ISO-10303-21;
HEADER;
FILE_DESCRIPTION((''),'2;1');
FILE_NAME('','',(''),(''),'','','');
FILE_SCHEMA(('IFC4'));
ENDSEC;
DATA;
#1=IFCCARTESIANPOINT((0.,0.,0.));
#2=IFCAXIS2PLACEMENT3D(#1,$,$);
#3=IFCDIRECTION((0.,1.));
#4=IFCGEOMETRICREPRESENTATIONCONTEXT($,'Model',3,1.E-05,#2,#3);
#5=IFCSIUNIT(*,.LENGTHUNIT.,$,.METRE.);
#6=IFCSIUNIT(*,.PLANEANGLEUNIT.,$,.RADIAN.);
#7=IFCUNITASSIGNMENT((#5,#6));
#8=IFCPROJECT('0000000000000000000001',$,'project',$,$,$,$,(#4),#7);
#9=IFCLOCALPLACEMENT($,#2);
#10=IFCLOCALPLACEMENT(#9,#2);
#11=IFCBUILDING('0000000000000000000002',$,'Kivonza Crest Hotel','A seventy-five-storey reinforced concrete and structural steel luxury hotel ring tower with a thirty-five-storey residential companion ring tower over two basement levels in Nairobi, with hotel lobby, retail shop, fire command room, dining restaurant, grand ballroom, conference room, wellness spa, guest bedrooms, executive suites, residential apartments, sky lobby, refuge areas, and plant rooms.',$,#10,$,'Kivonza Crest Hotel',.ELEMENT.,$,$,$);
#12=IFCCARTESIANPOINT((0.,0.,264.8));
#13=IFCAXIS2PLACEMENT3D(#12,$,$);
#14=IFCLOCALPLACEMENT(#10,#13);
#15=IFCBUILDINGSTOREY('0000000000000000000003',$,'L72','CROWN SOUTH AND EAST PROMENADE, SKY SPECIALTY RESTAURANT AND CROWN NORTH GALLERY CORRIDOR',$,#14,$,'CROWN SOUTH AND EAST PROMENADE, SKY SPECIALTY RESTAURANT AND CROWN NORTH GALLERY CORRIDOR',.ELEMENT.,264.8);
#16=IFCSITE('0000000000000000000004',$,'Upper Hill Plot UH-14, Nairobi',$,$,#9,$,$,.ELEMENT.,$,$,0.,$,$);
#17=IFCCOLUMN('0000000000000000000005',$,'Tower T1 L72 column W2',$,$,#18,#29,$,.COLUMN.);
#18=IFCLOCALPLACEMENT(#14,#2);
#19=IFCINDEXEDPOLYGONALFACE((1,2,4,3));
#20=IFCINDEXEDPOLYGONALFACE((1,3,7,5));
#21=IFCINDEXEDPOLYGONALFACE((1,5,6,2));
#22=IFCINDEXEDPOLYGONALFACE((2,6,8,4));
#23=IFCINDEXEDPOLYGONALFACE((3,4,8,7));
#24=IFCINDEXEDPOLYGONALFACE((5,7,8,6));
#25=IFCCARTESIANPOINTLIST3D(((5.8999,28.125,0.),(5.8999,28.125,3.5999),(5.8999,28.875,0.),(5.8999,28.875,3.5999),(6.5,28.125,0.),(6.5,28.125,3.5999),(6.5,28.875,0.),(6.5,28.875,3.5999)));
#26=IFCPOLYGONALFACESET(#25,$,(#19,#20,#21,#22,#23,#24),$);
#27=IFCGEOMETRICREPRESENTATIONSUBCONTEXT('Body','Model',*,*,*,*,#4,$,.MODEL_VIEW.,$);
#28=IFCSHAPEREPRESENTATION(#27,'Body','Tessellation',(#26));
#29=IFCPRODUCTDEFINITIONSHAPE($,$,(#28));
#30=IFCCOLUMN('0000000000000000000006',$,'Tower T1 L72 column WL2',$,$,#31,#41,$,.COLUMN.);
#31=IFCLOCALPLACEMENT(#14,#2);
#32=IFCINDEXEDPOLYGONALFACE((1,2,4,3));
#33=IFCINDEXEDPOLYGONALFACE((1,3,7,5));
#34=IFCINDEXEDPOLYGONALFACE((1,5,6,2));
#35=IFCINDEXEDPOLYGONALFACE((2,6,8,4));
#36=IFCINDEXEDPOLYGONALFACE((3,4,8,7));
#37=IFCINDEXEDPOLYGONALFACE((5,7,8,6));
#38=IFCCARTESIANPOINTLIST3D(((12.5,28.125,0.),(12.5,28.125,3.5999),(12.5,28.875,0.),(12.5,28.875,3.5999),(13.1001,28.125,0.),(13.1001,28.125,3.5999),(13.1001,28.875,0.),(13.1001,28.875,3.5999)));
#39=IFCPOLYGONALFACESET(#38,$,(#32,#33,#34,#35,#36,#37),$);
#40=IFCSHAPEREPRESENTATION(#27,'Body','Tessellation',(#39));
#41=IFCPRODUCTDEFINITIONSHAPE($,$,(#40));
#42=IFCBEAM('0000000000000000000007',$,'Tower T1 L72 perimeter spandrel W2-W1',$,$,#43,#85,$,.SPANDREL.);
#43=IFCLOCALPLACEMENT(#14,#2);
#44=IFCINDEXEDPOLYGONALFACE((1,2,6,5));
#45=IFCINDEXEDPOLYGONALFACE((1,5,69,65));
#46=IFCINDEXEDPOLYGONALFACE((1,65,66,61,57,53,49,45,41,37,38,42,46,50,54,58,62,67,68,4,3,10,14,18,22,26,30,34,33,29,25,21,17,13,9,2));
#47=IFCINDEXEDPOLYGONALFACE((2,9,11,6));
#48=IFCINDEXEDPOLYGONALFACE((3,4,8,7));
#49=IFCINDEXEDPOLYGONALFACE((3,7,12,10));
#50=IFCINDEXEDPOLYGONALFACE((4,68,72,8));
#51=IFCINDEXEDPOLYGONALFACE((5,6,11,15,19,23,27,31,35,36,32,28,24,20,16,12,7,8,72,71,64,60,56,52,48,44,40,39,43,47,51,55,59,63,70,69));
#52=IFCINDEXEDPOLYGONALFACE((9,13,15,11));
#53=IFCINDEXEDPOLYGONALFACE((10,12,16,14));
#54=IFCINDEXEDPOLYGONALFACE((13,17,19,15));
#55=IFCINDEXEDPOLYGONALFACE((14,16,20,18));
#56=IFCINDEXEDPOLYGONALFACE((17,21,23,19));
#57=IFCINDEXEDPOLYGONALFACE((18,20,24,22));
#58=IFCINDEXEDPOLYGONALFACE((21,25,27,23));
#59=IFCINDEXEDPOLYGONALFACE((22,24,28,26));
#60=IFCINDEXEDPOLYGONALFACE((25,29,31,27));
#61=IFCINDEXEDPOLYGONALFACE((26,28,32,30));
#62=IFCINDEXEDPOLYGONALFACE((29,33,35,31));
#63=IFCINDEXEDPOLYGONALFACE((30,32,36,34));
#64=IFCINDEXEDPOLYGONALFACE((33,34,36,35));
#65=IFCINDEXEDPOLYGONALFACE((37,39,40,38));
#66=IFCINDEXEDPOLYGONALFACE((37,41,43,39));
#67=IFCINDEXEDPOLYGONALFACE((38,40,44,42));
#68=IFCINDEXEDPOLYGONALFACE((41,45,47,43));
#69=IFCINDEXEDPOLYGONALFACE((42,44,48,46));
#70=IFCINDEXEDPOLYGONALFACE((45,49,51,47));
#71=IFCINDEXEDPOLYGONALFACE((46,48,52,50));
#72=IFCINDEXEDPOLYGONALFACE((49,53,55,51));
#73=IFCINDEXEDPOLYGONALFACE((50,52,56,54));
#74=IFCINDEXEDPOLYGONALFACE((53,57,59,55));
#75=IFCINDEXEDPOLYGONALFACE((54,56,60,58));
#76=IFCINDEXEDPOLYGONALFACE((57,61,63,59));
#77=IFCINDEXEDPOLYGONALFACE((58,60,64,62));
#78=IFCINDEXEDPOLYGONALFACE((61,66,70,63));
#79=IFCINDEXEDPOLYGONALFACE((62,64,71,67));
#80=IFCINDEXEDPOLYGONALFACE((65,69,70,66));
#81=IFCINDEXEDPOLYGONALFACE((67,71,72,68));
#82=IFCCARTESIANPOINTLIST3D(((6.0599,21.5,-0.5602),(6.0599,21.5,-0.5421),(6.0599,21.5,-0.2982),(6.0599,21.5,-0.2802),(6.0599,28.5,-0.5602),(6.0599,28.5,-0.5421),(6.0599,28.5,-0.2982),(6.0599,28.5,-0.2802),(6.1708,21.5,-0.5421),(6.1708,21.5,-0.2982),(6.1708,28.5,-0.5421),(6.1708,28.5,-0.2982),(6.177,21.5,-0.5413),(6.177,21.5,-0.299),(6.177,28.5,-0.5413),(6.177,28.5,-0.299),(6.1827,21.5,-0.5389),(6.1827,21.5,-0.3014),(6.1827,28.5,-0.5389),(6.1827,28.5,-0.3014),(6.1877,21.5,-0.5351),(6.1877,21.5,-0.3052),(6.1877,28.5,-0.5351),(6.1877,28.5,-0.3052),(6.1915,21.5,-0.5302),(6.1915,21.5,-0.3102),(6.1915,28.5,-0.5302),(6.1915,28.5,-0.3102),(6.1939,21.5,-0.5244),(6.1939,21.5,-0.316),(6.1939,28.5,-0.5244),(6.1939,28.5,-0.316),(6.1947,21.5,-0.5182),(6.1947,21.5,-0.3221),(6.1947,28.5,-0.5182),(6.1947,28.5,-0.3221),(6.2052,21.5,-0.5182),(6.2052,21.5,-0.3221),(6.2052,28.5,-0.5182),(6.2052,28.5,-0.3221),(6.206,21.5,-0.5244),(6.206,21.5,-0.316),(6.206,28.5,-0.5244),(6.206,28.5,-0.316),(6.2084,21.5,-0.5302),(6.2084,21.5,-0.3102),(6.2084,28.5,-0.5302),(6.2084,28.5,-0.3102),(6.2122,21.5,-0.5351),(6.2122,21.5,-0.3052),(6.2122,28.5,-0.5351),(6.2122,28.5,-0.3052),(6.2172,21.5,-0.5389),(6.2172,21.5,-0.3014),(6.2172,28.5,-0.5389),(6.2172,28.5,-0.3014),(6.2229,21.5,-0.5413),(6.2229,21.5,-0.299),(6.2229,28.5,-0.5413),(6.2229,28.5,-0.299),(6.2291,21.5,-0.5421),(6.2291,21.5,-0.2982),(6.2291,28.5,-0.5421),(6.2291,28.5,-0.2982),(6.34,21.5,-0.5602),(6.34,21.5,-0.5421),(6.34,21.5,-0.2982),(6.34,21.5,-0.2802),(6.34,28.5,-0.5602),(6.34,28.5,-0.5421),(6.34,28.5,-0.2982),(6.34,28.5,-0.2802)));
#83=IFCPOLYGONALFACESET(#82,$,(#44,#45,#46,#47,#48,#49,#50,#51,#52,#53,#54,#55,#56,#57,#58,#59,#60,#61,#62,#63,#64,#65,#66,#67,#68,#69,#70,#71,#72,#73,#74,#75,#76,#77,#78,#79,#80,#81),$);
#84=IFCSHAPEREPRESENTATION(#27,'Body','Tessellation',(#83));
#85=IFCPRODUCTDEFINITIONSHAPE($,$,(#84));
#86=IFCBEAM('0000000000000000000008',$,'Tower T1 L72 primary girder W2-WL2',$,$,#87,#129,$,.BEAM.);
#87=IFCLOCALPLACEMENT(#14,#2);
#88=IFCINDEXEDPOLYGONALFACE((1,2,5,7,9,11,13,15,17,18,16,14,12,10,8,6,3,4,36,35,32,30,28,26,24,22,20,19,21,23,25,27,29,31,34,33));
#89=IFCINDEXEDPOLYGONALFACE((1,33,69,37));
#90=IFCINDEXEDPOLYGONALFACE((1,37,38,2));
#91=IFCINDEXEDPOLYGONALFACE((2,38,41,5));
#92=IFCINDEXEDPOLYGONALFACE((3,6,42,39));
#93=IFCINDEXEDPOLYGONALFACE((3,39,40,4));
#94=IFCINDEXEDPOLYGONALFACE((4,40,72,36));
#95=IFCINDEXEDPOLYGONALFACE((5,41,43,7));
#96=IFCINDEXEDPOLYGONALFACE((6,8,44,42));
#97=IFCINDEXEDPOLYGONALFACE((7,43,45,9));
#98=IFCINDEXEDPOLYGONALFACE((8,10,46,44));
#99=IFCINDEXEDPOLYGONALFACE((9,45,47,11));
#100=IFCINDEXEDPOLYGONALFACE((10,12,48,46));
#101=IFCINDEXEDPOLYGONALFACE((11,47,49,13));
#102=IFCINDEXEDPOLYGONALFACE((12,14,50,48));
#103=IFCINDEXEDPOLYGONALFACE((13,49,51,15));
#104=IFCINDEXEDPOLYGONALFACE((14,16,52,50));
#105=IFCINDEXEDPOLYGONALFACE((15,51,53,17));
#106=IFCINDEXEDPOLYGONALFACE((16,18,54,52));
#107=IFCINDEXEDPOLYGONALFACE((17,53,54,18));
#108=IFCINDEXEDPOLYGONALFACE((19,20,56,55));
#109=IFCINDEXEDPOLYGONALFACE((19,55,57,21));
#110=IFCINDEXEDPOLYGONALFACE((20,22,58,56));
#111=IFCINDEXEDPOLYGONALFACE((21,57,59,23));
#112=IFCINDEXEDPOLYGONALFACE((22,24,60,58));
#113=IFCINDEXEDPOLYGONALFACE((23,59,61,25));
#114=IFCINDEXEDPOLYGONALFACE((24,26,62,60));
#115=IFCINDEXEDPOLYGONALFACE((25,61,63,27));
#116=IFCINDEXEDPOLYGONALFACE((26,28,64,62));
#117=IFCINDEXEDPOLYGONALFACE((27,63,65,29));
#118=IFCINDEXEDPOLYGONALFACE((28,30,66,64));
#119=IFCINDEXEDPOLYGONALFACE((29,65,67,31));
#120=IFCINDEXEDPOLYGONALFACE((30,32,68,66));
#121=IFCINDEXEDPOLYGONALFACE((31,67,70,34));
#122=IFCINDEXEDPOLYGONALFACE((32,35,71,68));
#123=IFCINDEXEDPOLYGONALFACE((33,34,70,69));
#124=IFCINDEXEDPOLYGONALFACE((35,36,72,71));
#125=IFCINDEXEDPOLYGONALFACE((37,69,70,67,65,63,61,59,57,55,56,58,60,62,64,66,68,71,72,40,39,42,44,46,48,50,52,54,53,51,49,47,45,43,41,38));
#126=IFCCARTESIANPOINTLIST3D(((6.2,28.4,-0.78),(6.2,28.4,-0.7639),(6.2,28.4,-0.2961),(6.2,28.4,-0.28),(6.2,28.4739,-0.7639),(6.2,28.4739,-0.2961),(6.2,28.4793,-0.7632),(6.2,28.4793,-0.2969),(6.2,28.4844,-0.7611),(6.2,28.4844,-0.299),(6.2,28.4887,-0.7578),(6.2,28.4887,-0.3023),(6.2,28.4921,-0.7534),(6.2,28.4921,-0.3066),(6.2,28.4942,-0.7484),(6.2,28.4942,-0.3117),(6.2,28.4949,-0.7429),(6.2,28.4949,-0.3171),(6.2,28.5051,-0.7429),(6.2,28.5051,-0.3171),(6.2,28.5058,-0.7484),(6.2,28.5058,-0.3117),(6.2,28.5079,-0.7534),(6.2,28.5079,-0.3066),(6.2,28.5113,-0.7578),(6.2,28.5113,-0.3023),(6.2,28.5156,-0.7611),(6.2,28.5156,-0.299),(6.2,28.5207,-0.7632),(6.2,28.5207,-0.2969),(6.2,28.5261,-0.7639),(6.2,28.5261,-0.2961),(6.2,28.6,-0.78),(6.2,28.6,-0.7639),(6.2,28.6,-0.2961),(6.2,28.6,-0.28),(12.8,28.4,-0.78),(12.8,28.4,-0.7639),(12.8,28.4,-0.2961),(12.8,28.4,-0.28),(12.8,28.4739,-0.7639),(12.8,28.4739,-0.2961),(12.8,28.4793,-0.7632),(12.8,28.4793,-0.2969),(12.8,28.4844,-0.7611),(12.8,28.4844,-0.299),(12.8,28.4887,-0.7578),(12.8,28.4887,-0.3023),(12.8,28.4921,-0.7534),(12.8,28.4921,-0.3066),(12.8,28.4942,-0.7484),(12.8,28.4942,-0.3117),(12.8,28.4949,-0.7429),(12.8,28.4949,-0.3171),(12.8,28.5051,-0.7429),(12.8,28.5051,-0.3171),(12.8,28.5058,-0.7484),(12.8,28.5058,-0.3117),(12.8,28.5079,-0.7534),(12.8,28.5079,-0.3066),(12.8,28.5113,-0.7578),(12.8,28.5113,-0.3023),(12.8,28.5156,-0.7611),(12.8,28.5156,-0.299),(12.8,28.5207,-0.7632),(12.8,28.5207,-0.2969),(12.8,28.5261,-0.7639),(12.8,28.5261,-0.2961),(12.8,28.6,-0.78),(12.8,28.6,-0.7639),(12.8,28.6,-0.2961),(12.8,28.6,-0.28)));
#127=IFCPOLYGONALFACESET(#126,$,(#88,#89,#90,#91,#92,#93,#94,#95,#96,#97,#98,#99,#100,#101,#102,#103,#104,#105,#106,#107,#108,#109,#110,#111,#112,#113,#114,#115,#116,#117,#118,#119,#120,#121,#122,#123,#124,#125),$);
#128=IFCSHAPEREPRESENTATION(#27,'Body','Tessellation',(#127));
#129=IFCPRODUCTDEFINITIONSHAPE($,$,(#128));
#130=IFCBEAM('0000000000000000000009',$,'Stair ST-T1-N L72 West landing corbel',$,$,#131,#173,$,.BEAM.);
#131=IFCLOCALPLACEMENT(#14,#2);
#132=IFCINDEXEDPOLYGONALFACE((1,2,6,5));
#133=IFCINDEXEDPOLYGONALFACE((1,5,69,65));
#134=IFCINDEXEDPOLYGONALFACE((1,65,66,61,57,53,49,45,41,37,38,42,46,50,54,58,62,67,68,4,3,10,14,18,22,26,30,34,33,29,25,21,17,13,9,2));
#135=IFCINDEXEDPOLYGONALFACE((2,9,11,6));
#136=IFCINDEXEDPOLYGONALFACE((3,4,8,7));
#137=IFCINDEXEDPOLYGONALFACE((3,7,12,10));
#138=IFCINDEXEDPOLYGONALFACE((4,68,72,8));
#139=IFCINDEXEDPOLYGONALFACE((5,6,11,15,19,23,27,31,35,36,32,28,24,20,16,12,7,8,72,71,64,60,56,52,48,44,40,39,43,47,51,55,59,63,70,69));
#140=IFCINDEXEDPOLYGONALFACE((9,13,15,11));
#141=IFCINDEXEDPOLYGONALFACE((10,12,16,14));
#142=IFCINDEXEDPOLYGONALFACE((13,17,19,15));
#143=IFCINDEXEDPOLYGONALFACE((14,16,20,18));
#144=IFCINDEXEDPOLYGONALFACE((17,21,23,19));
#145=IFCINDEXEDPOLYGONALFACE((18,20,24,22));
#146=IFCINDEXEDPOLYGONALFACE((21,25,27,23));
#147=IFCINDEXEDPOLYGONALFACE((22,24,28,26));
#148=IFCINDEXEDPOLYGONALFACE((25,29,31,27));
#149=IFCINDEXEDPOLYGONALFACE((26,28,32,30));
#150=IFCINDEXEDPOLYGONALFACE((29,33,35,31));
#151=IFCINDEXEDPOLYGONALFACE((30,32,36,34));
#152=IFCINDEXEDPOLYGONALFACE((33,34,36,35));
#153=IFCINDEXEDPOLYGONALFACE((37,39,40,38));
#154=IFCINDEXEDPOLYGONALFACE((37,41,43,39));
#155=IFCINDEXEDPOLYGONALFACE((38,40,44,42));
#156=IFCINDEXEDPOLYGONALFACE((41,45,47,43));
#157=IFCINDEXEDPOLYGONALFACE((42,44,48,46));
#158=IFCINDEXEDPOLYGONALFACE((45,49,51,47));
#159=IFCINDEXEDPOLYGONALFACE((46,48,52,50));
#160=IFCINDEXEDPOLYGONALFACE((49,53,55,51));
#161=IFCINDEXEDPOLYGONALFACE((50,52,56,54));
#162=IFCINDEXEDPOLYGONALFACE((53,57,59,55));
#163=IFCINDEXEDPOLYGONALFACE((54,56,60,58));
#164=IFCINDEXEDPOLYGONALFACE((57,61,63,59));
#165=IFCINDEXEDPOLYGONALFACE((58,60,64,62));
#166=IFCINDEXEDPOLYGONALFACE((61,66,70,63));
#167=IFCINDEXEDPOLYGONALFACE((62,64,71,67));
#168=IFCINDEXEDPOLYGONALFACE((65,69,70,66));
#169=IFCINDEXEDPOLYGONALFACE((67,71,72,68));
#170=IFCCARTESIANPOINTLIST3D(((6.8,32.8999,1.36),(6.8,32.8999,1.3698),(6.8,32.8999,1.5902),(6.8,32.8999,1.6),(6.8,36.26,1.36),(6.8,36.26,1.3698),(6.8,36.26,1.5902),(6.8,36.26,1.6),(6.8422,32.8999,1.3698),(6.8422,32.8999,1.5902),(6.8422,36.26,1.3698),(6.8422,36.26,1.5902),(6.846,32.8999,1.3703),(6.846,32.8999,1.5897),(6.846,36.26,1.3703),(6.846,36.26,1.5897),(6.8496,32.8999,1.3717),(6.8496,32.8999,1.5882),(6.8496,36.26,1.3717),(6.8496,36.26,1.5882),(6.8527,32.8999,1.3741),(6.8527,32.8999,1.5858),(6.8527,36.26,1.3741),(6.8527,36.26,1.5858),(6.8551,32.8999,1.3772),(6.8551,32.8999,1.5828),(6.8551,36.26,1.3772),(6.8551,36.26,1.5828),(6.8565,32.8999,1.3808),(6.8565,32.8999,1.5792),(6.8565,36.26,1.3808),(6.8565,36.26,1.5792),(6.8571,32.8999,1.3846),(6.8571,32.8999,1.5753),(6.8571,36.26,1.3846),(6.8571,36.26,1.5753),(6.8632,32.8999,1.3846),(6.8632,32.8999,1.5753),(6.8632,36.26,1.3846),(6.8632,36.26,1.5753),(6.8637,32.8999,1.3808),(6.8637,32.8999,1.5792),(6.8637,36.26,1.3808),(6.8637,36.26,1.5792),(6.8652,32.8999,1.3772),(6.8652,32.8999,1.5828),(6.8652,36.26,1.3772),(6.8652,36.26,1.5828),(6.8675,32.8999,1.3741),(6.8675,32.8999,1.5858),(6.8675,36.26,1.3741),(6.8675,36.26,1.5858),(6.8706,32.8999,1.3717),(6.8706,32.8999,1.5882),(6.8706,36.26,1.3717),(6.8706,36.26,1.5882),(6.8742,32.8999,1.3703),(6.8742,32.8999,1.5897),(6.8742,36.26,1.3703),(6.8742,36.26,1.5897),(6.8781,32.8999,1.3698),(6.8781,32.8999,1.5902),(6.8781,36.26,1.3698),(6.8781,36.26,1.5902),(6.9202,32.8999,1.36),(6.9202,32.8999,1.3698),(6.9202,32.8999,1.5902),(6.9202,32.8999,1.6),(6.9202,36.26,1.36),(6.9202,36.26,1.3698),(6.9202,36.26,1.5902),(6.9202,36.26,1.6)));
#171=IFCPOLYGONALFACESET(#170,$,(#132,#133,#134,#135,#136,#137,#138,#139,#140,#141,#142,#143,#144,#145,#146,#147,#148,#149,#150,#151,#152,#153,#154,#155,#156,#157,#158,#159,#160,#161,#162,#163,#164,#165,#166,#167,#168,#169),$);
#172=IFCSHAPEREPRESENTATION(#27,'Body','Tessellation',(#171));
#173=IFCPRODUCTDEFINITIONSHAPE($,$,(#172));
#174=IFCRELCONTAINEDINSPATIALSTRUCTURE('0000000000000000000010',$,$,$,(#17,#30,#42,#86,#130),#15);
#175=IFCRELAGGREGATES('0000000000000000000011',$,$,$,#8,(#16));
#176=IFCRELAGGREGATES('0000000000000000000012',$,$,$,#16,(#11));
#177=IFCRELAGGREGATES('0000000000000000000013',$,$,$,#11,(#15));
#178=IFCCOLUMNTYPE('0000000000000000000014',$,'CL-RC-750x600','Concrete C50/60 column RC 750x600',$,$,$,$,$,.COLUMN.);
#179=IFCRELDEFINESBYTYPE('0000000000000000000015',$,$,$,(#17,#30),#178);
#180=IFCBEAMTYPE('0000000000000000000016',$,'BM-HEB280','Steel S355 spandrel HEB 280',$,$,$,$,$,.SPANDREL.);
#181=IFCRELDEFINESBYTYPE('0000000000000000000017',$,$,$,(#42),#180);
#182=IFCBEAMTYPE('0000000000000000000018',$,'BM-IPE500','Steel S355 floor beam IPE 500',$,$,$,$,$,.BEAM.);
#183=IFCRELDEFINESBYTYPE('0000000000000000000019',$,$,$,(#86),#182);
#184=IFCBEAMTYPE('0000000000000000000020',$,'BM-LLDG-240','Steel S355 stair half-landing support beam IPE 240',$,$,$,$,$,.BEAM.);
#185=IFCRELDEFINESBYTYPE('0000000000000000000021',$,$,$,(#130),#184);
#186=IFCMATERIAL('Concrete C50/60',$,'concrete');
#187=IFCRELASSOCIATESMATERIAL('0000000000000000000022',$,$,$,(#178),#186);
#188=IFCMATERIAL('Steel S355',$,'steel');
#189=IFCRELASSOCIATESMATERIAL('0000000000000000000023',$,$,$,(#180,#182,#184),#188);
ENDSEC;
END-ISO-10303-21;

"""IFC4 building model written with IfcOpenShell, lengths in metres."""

from ifc_helpers import new_model, si_unit, direction, frame, origin, origin_2d, place, context, subcontext, project, spatial, rectangle, i_section, extrude, material, material_profile, profile_set, type_object, element, save


model = new_model("IFC4")

# Units and contexts
model_context = context("Model", 3, precision=1e-05, world=origin(), true_north=direction((0.0, 1.0)))
body_context = subcontext(model_context, "Body", "Model", "MODEL_VIEW")
ifc_project = project(units=[si_unit("LENGTHUNIT", "METRE"), si_unit("PLANEANGLEUNIT", "RADIAN")], contexts=[model_context])

# Site, building, storey
site_placement = place(None, origin())
site = spatial("IfcSite", under=ifc_project, at=site_placement, Name="Upper Hill Plot UH-14, Nairobi", CompositionType="ELEMENT", RefElevation=0.0)
building_placement = place(site_placement, origin())
building = spatial("IfcBuilding", under=site, at=building_placement, Name="Kivonza Crest Hotel", Description="A seventy-five-storey reinforced concrete and structural steel luxury hotel ring tower with a thirty-five-storey residential companion ring tower over two basement levels in Nairobi, with hotel lobby, retail shop, fire command room, dining restaurant, grand ballroom, conference room, wellness spa, guest bedrooms, executive suites, residential apartments, sky lobby, refuge areas, and plant rooms.", LongName="Kivonza Crest Hotel", CompositionType="ELEMENT")
storey_placement = place(building_placement, frame((0.0, 0.0, 264.8)))
storey = spatial("IfcBuildingStorey", under=building, at=storey_placement, Name="L72", Description="CROWN SOUTH AND EAST PROMENADE, SKY SPECIALTY RESTAURANT AND CROWN NORTH GALLERY CORRIDOR", LongName="CROWN SOUTH AND EAST PROMENADE, SKY SPECIALTY RESTAURANT AND CROWN NORTH GALLERY CORRIDOR", CompositionType="ELEMENT", Elevation=264.8)

# Columns
ifc_material_1 = material(Name="Concrete C50/60", Category="concrete")
ifc_material_profile_1 = material_profile(ifc_material_1, rectangle(XDim=0.6001, YDim=0.75, at=origin_2d()), Name="RC 750x600")
ifc_profile_set_1 = profile_set([ifc_material_profile_1], Name="Concrete C50/60")
column_type = type_object("IfcColumnType", Name="CL-RC-750x600", Description="Concrete C50/60 column RC 750x600", PredefinedType="COLUMN", material=ifc_profile_set_1)
for number, where, z_axis, x_axis, name in (
    (1, (6.2, 28.5, 0.0), (0.0, 0.0, 1.0), (1.0, 0.0, 0.0), "Tower T1 L72 column W2"),
    (2, (12.8, 28.5, 0.0), (0.0, 0.0, 1.0), (1.0, 0.0, 0.0), "Tower T1 L72 column WL2"),
):
    element("IfcColumn", number, at=place(storey_placement, frame(where, z_axis=z_axis, x_axis=x_axis)), inside=storey, type_object=column_type, Name=name, PredefinedType="COLUMN", context=body_context, shape_type="SweptSolid", body=[
        extrude(rectangle(XDim=0.6001, YDim=0.75, at=origin_2d()), origin(), (0.0, 0.0, 1.0), 3.5999),
    ])

# Beams
ifc_material_2 = material(Name="Steel S355", Category="steel")
ifc_material_profile_2 = material_profile(ifc_material_2, i_section(OverallWidth=0.28, OverallDepth=0.28, WebThickness=0.0105, FlangeThickness=0.0181, FilletRadius=0.0239, at=origin_2d()), Name="HEB 280")
ifc_profile_set_2 = profile_set([ifc_material_profile_2], Name="Steel S355")
beam_type_1 = type_object("IfcBeamType", Name="BM-HEB280", Description="Steel S355 spandrel HEB 280", PredefinedType="SPANDREL", material=ifc_profile_set_2)
beam_1_placement = place(storey_placement, frame((6.2, 28.5, -0.4202), z_axis=(0.0, -1.0, 0.0), x_axis=(1.0, 0.0, 0.0)))
element("IfcBeam", 3, at=beam_1_placement, inside=storey, type_object=beam_type_1, Name="Tower T1 L72 perimeter spandrel W2-W1", PredefinedType="SPANDREL", context=body_context, shape_type="SweptSolid", body=[
    extrude(i_section(OverallWidth=0.28, OverallDepth=0.28, WebThickness=0.0105, FlangeThickness=0.0181, FilletRadius=0.0239, at=origin_2d()), origin(), (0.0, 0.0, 1.0), 7.0),
])
ifc_material_profile_3 = material_profile(ifc_material_2, i_section(OverallWidth=0.2, OverallDepth=0.5, WebThickness=0.0103, FlangeThickness=0.0161, FilletRadius=0.021, at=origin_2d()), Name="IPE 500")
ifc_profile_set_3 = profile_set([ifc_material_profile_3], Name="Steel S355")
beam_type_2 = type_object("IfcBeamType", Name="BM-IPE500", Description="Steel S355 floor beam IPE 500", PredefinedType="BEAM", material=ifc_profile_set_3)
beam_2_placement = place(storey_placement, frame((6.2, 28.5, -0.53), z_axis=(1.0, 0.0, 0.0), x_axis=(0.0, 1.0, 0.0)))
element("IfcBeam", 4, at=beam_2_placement, inside=storey, type_object=beam_type_2, Name="Tower T1 L72 primary girder W2-WL2", PredefinedType="BEAM", context=body_context, shape_type="SweptSolid", body=[
    extrude(i_section(OverallWidth=0.2, OverallDepth=0.5, WebThickness=0.0103, FlangeThickness=0.0161, FilletRadius=0.021, at=origin_2d()), origin(), (0.0, 0.0, 1.0), 6.6001),
])
ifc_material_profile_4 = material_profile(ifc_material_2, i_section(OverallWidth=0.1201, OverallDepth=0.24, WebThickness=0.0061, FlangeThickness=0.0098, FilletRadius=0.0149, at=origin_2d()), Name="IPE 240")
ifc_profile_set_4 = profile_set([ifc_material_profile_4], Name="Steel S355")
beam_type_3 = type_object("IfcBeamType", Name="BM-LLDG-240", Description="Steel S355 stair half-landing support beam IPE 240", PredefinedType="BEAM", material=ifc_profile_set_4)
beam_3_placement = place(storey_placement, frame((6.8601, 32.8999, 1.48), z_axis=(0.0, 1.0, 0.0), x_axis=(-1.0, 0.0, 0.0)))
element("IfcBeam", 5, at=beam_3_placement, inside=storey, type_object=beam_type_3, Name="Stair ST-T1-N L72 West landing corbel", PredefinedType="BEAM", context=body_context, shape_type="SweptSolid", body=[
    extrude(i_section(OverallWidth=0.1201, OverallDepth=0.24, WebThickness=0.0061, FlangeThickness=0.0098, FilletRadius=0.0149, at=origin_2d()), origin(), (0.0, 0.0, 1.0), 3.3601),
])

save(model, "model.ifc")
